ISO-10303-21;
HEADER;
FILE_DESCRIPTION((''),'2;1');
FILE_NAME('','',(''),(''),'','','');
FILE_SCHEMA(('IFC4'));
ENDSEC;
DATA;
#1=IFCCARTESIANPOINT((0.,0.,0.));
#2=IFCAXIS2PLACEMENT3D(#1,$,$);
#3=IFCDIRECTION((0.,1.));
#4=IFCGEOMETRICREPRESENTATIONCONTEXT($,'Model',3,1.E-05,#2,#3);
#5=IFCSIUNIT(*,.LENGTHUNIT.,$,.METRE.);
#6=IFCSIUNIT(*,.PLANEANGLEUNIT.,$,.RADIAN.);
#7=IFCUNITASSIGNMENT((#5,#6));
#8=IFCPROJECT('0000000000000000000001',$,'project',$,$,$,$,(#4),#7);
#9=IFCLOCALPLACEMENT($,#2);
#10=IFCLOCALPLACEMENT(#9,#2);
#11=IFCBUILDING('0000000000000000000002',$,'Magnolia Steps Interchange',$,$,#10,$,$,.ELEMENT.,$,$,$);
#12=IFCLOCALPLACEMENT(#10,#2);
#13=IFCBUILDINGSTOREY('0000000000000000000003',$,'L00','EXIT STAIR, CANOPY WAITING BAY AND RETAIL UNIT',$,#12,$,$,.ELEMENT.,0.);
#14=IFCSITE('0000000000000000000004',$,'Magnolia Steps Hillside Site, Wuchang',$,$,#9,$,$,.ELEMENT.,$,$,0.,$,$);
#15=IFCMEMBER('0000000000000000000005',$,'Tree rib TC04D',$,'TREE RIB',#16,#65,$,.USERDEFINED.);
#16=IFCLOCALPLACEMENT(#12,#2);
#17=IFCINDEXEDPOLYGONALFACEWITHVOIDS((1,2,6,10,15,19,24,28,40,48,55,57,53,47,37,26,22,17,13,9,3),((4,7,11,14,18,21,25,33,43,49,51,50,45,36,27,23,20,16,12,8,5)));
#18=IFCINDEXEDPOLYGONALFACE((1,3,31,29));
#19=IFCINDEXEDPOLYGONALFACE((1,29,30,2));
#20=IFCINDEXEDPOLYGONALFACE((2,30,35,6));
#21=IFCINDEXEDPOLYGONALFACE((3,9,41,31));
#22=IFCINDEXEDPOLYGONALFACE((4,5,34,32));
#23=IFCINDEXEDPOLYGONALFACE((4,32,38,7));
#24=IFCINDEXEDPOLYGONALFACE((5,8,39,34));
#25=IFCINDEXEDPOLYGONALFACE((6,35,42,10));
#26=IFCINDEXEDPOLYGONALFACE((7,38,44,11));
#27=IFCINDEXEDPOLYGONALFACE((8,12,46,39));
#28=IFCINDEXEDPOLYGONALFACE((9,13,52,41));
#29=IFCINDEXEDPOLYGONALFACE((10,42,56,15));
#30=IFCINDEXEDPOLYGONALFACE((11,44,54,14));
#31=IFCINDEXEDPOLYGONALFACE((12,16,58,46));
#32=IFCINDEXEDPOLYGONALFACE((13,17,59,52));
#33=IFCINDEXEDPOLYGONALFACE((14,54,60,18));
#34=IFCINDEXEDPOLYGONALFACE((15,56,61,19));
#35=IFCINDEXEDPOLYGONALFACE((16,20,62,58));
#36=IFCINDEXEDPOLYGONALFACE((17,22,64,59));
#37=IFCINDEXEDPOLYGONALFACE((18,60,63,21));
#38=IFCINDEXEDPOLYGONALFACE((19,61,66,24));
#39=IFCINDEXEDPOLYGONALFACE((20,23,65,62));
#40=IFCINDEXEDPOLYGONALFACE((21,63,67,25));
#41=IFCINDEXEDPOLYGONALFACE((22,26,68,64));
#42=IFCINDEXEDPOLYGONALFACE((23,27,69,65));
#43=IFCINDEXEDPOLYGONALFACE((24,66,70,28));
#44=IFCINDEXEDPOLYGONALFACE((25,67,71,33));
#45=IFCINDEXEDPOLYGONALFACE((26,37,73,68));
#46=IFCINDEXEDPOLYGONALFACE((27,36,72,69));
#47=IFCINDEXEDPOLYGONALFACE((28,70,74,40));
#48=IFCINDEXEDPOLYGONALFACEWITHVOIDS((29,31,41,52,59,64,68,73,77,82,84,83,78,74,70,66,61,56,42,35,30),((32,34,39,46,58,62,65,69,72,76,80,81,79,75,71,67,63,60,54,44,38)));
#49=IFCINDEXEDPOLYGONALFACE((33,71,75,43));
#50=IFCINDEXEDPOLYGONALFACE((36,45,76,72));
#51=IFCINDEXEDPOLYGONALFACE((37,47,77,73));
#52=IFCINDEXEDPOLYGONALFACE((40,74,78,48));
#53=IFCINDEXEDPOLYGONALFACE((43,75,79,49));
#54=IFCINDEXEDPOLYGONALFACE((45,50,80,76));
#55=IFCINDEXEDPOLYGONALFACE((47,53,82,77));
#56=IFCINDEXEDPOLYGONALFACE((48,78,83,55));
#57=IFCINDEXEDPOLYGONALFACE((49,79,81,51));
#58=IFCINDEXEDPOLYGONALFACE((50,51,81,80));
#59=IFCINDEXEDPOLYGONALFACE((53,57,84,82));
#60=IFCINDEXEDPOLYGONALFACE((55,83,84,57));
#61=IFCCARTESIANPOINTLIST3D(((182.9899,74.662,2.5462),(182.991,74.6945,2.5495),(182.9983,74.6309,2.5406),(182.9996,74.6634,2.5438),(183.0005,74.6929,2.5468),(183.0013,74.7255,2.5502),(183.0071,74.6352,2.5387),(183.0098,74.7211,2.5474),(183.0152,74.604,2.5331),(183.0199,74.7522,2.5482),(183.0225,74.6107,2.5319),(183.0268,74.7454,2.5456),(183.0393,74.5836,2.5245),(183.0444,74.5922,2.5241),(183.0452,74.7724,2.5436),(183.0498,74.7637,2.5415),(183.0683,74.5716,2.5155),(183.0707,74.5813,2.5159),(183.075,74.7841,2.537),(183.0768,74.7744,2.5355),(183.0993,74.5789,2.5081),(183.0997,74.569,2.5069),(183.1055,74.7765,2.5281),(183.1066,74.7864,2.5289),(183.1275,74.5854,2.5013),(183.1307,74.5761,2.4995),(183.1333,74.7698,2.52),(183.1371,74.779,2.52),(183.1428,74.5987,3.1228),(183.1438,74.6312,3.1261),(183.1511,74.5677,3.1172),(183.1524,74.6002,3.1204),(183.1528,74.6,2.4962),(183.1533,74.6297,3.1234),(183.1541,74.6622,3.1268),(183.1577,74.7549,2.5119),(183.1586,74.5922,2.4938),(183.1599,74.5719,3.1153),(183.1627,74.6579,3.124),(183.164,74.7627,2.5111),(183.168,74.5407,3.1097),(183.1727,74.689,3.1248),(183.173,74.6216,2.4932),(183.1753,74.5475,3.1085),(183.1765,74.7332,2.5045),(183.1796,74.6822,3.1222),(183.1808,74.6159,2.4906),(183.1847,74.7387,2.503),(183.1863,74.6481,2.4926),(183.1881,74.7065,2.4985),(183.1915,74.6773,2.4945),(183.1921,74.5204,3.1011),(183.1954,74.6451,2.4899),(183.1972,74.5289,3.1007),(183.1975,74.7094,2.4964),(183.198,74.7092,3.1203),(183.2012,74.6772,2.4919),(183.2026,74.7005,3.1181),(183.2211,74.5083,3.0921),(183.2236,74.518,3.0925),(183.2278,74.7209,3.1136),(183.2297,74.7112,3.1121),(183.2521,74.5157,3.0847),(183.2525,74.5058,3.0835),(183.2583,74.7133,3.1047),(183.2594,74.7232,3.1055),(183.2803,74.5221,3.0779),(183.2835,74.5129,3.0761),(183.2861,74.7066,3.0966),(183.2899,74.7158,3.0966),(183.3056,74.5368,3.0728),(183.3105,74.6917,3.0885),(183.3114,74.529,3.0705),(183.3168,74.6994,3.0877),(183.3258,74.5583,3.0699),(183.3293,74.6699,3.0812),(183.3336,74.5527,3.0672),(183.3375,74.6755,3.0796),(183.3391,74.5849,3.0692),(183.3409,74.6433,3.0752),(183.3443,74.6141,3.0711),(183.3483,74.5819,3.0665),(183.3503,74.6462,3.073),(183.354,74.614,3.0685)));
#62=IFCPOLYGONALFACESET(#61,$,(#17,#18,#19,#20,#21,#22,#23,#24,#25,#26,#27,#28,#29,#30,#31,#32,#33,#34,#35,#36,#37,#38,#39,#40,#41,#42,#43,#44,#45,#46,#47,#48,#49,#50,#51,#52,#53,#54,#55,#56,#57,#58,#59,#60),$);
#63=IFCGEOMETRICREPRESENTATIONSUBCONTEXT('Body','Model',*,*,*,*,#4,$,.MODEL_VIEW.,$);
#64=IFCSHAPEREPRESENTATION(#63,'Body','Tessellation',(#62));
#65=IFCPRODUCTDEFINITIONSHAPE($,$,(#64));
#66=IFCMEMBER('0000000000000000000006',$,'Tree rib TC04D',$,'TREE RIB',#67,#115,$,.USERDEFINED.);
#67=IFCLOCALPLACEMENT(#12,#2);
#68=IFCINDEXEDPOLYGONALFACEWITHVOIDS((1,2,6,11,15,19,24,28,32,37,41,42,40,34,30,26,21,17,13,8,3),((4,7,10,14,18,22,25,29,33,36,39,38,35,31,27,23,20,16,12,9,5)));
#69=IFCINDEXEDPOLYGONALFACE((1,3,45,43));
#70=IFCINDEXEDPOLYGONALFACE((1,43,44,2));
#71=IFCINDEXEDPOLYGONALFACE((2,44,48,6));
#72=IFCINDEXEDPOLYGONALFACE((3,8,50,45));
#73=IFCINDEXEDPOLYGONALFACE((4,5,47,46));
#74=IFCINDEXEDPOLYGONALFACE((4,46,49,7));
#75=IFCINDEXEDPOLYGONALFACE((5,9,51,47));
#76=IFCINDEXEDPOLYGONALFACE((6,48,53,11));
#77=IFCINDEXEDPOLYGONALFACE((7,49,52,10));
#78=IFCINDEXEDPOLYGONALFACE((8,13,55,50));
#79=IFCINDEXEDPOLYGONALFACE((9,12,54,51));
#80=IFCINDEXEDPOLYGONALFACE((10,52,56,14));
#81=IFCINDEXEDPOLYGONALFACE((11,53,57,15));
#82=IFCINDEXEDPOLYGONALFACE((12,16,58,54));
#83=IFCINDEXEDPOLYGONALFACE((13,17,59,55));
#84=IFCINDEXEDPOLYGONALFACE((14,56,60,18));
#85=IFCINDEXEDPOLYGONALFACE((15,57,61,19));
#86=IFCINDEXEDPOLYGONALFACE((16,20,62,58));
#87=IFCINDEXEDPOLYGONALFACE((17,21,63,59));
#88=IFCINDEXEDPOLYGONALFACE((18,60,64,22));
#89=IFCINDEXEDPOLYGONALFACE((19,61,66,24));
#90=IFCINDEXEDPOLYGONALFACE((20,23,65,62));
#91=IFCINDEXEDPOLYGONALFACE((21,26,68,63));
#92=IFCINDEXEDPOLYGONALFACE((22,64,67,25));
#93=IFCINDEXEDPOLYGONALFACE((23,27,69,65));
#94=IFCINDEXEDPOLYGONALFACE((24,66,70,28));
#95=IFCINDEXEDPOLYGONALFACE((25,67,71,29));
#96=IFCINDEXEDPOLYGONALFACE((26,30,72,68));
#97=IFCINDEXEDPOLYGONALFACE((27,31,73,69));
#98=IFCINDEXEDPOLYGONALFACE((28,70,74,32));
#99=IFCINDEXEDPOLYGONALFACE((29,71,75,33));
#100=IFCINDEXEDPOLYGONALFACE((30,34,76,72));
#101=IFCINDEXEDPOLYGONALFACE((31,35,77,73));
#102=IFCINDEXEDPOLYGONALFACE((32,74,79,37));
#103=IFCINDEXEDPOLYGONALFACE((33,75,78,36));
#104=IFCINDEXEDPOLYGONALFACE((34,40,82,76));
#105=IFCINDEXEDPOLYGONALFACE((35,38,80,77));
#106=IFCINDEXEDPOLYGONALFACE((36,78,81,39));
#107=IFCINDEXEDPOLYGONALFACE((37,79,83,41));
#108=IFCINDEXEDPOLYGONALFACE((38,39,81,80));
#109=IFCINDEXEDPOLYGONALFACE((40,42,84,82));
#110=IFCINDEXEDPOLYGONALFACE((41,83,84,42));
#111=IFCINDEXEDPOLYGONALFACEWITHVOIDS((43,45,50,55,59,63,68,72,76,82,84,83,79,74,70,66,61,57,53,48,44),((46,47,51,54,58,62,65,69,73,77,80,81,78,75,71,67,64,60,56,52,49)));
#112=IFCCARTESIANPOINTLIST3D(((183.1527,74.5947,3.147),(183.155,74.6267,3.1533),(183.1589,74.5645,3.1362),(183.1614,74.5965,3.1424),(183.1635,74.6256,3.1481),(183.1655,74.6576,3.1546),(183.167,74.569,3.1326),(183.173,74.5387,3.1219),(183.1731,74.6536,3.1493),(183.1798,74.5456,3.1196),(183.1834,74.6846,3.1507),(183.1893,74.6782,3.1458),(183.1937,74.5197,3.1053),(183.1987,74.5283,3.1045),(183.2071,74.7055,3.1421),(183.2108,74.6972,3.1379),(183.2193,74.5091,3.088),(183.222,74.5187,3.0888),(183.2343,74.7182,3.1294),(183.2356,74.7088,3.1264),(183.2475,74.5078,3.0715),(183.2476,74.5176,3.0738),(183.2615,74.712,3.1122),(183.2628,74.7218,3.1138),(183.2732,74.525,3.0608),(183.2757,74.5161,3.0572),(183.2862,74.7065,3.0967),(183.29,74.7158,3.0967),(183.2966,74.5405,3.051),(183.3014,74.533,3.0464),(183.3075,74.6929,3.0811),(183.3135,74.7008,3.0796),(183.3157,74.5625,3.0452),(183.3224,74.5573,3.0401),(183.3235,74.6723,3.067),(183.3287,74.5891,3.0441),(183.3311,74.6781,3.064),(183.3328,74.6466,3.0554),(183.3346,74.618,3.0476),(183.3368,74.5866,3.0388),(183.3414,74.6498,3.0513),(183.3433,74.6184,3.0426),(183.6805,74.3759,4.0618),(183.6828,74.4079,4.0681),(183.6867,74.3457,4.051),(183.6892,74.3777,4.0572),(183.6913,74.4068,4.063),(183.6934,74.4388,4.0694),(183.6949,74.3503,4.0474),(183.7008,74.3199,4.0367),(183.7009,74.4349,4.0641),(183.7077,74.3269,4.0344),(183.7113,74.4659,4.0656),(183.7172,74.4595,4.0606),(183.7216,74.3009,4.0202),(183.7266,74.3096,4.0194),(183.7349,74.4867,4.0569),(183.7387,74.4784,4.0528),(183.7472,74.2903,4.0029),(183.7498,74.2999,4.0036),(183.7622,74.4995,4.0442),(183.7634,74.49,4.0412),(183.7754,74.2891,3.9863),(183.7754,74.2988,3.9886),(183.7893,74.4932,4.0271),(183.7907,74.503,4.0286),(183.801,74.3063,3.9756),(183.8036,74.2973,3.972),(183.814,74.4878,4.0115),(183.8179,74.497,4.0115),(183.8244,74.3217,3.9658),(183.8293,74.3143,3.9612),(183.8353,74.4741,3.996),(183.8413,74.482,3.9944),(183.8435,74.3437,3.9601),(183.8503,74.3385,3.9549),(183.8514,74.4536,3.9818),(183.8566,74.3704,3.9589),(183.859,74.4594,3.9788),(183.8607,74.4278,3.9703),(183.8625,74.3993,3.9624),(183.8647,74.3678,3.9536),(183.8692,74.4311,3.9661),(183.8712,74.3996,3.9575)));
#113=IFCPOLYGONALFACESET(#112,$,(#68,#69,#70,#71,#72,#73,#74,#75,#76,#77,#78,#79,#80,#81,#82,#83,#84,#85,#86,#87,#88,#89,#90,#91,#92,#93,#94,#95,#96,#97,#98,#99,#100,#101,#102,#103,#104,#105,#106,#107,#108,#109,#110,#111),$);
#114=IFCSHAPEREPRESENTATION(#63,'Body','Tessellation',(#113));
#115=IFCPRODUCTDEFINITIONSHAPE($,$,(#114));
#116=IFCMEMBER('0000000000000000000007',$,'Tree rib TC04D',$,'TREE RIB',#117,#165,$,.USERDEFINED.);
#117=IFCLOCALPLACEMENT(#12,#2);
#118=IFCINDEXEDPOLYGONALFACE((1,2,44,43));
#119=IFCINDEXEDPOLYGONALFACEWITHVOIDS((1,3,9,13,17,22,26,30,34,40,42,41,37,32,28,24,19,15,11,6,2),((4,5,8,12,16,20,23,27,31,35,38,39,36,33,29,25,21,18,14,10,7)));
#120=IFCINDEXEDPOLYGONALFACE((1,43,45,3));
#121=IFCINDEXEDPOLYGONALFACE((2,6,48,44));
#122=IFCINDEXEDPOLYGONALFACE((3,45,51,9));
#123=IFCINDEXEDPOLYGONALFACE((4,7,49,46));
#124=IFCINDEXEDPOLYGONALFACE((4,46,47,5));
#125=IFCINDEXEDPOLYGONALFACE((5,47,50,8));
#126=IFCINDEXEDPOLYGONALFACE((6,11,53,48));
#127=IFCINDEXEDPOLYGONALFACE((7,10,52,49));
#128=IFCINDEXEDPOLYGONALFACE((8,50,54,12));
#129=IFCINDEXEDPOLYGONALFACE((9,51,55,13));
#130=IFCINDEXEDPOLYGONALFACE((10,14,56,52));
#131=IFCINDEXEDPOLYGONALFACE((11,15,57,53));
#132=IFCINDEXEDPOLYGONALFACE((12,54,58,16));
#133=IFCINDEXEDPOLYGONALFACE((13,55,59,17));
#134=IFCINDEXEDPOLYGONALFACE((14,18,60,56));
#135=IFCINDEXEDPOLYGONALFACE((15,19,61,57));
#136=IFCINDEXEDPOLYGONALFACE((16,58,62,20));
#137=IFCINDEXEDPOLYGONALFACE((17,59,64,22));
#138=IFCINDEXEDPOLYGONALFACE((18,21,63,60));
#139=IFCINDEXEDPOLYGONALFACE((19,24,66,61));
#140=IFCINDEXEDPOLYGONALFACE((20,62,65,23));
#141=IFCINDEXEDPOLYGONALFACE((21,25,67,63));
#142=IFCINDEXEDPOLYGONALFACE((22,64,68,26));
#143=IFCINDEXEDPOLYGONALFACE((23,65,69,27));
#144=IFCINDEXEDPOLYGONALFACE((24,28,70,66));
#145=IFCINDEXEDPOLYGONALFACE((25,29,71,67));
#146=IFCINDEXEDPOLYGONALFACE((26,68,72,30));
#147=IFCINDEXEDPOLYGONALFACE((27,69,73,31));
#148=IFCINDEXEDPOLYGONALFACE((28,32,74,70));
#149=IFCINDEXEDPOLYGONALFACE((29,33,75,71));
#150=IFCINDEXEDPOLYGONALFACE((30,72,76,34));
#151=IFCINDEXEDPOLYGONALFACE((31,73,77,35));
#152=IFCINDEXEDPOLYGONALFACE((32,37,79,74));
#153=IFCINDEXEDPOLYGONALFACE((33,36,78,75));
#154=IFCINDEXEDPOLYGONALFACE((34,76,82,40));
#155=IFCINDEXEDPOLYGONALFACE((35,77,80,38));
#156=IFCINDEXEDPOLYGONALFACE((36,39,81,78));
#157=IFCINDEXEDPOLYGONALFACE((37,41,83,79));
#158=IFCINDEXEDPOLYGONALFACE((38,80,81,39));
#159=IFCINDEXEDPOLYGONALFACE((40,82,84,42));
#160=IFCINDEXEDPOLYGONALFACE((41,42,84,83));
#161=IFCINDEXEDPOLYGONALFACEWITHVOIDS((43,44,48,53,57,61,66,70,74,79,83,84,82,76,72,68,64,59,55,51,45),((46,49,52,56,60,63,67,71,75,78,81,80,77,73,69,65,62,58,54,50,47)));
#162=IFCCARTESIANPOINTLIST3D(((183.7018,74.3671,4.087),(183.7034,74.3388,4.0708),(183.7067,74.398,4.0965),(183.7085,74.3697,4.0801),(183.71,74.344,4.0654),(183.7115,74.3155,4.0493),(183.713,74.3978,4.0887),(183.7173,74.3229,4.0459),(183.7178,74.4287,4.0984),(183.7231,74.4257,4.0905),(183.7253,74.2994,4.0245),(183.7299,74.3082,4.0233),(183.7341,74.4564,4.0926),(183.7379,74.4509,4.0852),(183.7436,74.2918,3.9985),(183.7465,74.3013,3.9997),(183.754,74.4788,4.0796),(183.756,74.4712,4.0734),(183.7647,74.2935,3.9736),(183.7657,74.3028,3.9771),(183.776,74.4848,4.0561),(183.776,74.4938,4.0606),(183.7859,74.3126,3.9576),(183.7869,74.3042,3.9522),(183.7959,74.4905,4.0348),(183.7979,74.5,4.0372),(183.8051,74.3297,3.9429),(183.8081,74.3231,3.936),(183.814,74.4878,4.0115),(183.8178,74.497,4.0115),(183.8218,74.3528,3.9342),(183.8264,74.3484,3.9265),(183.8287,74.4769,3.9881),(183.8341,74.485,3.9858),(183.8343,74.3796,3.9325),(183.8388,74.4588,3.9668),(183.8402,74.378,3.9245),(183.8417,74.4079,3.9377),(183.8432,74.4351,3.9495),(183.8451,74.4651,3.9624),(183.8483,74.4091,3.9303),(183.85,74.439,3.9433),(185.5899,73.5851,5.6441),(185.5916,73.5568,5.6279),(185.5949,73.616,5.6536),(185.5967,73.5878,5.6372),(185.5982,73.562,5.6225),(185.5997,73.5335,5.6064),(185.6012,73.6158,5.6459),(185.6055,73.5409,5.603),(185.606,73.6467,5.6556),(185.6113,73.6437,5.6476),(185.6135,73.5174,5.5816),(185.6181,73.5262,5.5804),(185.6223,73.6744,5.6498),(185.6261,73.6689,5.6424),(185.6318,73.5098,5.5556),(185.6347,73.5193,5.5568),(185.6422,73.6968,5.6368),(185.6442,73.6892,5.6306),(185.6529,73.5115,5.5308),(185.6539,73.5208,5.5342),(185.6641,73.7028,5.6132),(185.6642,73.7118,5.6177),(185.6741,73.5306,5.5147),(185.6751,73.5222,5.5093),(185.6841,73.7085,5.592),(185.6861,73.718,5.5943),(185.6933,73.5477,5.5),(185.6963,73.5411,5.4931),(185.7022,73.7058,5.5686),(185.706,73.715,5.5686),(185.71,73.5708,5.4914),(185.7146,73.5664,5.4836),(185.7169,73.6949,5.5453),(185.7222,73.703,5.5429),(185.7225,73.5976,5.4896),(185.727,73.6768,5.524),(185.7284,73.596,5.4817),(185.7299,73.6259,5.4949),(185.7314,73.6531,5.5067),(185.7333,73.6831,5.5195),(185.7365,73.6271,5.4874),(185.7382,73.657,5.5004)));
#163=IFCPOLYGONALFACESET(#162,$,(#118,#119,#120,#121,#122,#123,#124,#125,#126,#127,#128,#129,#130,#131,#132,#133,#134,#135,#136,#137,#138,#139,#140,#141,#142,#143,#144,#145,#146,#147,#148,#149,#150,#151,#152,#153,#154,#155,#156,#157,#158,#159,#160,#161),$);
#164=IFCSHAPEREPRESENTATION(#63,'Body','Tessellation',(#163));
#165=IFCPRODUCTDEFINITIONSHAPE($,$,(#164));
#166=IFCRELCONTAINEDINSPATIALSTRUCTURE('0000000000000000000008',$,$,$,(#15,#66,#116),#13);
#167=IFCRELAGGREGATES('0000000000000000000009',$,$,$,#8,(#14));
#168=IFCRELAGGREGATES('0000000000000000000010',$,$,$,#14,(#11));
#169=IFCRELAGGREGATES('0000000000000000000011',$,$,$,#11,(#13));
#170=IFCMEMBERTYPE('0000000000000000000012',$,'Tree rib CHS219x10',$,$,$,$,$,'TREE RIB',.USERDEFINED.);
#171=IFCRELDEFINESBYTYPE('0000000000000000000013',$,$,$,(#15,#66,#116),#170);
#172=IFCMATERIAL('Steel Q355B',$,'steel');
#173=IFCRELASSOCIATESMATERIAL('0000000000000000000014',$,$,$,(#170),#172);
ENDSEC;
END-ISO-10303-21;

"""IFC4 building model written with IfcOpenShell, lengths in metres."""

from ifc_helpers import new_model, si_unit, direction, frame, origin, origin_2d, place, context, subcontext, project, spatial, hollow_circle, extrude, material, material_profile, profile_set, type_object, element, save


model = new_model("IFC4")

# Units and contexts
model_context = context("Model", 3, precision=1e-05, world=origin(), true_north=direction((0.0, 1.0)))
body_context = subcontext(model_context, "Body", "Model", "MODEL_VIEW")
ifc_project = project(units=[si_unit("LENGTHUNIT", "METRE"), si_unit("PLANEANGLEUNIT", "RADIAN")], contexts=[model_context])

# Site, building, storey
site_placement = place(None, origin())
site = spatial("IfcSite", under=ifc_project, at=site_placement, Name="Magnolia Steps Hillside Site, Wuchang", CompositionType="ELEMENT", RefElevation=0.0)
building_placement = place(site_placement, origin())
building = spatial("IfcBuilding", under=site, at=building_placement, Name="Magnolia Steps Interchange", CompositionType="ELEMENT")
storey_placement = place(building_placement, origin())
storey = spatial("IfcBuildingStorey", under=building, at=storey_placement, Name="L00", Description="EXIT STAIR, CANOPY WAITING BAY AND RETAIL UNIT", CompositionType="ELEMENT", Elevation=0.0)

# Members
ifc_material_1 = material(Name="Steel Q355B", Category="steel")
ifc_material_profile_1 = material_profile(ifc_material_1, hollow_circle(Radius=0.1096, WallThickness=0.01, at=origin_2d()), Name="CHS219x10")
ifc_profile_set_1 = profile_set([ifc_material_profile_1], Name="Steel Q355B")
member_type_1 = type_object("IfcMemberType", Name="Tree rib CHS219x10", ElementType="TREE RIB", PredefinedType="USERDEFINED", material=ifc_profile_set_1)
member_1_placement = place(storey_placement, frame((183.0952, 74.6777, 2.52), z_axis=(0.254758, -0.105403, 0.961243), x_axis=(0.382308, 0.924035, 0.0)))
element("IfcMember", 1, at=member_1_placement, inside=storey, type_object=member_type_1, Name="Tree rib TC04D", ObjectType="TREE RIB", PredefinedType="USERDEFINED", context=body_context, shape_type="SweptSolid", body=[
    extrude(hollow_circle(Radius=0.1096, WallThickness=0.01, at=origin_2d()), origin(), (0.0, 0.0, 1.0), 0.5999),
])
member_2_placement = place(storey_placement, frame((183.248, 74.6145, 3.0967), z_axis=(0.489382, -0.202815, 0.848157), x_axis=(0.382855, 0.923808, 0.0)))
element("IfcMember", 2, at=member_2_placement, inside=storey, type_object=member_type_1, Name="Tree rib TC04D", ObjectType="TREE RIB", PredefinedType="USERDEFINED", context=body_context, shape_type="SweptSolid", body=[
    extrude(hollow_circle(Radius=0.1096, WallThickness=0.01, at=origin_2d()), origin(), (0.0, 0.0, 1.0), 1.0786),
])
member_3_placement = place(storey_placement, frame((183.7759, 74.3958, 4.0115), z_axis=(0.734897, -0.304354, 0.606048), x_axis=(0.38263, 0.923902, 0.0)))
element("IfcMember", 3, at=member_3_placement, inside=storey, type_object=member_type_1, Name="Tree rib TC04D", ObjectType="TREE RIB", PredefinedType="USERDEFINED", context=body_context, shape_type="SweptSolid", body=[
    extrude(hollow_circle(Radius=0.1096, WallThickness=0.01, at=origin_2d()), origin(), (0.0, 0.0, 1.0), 2.5693),
])

save(model, "model.ifc")
